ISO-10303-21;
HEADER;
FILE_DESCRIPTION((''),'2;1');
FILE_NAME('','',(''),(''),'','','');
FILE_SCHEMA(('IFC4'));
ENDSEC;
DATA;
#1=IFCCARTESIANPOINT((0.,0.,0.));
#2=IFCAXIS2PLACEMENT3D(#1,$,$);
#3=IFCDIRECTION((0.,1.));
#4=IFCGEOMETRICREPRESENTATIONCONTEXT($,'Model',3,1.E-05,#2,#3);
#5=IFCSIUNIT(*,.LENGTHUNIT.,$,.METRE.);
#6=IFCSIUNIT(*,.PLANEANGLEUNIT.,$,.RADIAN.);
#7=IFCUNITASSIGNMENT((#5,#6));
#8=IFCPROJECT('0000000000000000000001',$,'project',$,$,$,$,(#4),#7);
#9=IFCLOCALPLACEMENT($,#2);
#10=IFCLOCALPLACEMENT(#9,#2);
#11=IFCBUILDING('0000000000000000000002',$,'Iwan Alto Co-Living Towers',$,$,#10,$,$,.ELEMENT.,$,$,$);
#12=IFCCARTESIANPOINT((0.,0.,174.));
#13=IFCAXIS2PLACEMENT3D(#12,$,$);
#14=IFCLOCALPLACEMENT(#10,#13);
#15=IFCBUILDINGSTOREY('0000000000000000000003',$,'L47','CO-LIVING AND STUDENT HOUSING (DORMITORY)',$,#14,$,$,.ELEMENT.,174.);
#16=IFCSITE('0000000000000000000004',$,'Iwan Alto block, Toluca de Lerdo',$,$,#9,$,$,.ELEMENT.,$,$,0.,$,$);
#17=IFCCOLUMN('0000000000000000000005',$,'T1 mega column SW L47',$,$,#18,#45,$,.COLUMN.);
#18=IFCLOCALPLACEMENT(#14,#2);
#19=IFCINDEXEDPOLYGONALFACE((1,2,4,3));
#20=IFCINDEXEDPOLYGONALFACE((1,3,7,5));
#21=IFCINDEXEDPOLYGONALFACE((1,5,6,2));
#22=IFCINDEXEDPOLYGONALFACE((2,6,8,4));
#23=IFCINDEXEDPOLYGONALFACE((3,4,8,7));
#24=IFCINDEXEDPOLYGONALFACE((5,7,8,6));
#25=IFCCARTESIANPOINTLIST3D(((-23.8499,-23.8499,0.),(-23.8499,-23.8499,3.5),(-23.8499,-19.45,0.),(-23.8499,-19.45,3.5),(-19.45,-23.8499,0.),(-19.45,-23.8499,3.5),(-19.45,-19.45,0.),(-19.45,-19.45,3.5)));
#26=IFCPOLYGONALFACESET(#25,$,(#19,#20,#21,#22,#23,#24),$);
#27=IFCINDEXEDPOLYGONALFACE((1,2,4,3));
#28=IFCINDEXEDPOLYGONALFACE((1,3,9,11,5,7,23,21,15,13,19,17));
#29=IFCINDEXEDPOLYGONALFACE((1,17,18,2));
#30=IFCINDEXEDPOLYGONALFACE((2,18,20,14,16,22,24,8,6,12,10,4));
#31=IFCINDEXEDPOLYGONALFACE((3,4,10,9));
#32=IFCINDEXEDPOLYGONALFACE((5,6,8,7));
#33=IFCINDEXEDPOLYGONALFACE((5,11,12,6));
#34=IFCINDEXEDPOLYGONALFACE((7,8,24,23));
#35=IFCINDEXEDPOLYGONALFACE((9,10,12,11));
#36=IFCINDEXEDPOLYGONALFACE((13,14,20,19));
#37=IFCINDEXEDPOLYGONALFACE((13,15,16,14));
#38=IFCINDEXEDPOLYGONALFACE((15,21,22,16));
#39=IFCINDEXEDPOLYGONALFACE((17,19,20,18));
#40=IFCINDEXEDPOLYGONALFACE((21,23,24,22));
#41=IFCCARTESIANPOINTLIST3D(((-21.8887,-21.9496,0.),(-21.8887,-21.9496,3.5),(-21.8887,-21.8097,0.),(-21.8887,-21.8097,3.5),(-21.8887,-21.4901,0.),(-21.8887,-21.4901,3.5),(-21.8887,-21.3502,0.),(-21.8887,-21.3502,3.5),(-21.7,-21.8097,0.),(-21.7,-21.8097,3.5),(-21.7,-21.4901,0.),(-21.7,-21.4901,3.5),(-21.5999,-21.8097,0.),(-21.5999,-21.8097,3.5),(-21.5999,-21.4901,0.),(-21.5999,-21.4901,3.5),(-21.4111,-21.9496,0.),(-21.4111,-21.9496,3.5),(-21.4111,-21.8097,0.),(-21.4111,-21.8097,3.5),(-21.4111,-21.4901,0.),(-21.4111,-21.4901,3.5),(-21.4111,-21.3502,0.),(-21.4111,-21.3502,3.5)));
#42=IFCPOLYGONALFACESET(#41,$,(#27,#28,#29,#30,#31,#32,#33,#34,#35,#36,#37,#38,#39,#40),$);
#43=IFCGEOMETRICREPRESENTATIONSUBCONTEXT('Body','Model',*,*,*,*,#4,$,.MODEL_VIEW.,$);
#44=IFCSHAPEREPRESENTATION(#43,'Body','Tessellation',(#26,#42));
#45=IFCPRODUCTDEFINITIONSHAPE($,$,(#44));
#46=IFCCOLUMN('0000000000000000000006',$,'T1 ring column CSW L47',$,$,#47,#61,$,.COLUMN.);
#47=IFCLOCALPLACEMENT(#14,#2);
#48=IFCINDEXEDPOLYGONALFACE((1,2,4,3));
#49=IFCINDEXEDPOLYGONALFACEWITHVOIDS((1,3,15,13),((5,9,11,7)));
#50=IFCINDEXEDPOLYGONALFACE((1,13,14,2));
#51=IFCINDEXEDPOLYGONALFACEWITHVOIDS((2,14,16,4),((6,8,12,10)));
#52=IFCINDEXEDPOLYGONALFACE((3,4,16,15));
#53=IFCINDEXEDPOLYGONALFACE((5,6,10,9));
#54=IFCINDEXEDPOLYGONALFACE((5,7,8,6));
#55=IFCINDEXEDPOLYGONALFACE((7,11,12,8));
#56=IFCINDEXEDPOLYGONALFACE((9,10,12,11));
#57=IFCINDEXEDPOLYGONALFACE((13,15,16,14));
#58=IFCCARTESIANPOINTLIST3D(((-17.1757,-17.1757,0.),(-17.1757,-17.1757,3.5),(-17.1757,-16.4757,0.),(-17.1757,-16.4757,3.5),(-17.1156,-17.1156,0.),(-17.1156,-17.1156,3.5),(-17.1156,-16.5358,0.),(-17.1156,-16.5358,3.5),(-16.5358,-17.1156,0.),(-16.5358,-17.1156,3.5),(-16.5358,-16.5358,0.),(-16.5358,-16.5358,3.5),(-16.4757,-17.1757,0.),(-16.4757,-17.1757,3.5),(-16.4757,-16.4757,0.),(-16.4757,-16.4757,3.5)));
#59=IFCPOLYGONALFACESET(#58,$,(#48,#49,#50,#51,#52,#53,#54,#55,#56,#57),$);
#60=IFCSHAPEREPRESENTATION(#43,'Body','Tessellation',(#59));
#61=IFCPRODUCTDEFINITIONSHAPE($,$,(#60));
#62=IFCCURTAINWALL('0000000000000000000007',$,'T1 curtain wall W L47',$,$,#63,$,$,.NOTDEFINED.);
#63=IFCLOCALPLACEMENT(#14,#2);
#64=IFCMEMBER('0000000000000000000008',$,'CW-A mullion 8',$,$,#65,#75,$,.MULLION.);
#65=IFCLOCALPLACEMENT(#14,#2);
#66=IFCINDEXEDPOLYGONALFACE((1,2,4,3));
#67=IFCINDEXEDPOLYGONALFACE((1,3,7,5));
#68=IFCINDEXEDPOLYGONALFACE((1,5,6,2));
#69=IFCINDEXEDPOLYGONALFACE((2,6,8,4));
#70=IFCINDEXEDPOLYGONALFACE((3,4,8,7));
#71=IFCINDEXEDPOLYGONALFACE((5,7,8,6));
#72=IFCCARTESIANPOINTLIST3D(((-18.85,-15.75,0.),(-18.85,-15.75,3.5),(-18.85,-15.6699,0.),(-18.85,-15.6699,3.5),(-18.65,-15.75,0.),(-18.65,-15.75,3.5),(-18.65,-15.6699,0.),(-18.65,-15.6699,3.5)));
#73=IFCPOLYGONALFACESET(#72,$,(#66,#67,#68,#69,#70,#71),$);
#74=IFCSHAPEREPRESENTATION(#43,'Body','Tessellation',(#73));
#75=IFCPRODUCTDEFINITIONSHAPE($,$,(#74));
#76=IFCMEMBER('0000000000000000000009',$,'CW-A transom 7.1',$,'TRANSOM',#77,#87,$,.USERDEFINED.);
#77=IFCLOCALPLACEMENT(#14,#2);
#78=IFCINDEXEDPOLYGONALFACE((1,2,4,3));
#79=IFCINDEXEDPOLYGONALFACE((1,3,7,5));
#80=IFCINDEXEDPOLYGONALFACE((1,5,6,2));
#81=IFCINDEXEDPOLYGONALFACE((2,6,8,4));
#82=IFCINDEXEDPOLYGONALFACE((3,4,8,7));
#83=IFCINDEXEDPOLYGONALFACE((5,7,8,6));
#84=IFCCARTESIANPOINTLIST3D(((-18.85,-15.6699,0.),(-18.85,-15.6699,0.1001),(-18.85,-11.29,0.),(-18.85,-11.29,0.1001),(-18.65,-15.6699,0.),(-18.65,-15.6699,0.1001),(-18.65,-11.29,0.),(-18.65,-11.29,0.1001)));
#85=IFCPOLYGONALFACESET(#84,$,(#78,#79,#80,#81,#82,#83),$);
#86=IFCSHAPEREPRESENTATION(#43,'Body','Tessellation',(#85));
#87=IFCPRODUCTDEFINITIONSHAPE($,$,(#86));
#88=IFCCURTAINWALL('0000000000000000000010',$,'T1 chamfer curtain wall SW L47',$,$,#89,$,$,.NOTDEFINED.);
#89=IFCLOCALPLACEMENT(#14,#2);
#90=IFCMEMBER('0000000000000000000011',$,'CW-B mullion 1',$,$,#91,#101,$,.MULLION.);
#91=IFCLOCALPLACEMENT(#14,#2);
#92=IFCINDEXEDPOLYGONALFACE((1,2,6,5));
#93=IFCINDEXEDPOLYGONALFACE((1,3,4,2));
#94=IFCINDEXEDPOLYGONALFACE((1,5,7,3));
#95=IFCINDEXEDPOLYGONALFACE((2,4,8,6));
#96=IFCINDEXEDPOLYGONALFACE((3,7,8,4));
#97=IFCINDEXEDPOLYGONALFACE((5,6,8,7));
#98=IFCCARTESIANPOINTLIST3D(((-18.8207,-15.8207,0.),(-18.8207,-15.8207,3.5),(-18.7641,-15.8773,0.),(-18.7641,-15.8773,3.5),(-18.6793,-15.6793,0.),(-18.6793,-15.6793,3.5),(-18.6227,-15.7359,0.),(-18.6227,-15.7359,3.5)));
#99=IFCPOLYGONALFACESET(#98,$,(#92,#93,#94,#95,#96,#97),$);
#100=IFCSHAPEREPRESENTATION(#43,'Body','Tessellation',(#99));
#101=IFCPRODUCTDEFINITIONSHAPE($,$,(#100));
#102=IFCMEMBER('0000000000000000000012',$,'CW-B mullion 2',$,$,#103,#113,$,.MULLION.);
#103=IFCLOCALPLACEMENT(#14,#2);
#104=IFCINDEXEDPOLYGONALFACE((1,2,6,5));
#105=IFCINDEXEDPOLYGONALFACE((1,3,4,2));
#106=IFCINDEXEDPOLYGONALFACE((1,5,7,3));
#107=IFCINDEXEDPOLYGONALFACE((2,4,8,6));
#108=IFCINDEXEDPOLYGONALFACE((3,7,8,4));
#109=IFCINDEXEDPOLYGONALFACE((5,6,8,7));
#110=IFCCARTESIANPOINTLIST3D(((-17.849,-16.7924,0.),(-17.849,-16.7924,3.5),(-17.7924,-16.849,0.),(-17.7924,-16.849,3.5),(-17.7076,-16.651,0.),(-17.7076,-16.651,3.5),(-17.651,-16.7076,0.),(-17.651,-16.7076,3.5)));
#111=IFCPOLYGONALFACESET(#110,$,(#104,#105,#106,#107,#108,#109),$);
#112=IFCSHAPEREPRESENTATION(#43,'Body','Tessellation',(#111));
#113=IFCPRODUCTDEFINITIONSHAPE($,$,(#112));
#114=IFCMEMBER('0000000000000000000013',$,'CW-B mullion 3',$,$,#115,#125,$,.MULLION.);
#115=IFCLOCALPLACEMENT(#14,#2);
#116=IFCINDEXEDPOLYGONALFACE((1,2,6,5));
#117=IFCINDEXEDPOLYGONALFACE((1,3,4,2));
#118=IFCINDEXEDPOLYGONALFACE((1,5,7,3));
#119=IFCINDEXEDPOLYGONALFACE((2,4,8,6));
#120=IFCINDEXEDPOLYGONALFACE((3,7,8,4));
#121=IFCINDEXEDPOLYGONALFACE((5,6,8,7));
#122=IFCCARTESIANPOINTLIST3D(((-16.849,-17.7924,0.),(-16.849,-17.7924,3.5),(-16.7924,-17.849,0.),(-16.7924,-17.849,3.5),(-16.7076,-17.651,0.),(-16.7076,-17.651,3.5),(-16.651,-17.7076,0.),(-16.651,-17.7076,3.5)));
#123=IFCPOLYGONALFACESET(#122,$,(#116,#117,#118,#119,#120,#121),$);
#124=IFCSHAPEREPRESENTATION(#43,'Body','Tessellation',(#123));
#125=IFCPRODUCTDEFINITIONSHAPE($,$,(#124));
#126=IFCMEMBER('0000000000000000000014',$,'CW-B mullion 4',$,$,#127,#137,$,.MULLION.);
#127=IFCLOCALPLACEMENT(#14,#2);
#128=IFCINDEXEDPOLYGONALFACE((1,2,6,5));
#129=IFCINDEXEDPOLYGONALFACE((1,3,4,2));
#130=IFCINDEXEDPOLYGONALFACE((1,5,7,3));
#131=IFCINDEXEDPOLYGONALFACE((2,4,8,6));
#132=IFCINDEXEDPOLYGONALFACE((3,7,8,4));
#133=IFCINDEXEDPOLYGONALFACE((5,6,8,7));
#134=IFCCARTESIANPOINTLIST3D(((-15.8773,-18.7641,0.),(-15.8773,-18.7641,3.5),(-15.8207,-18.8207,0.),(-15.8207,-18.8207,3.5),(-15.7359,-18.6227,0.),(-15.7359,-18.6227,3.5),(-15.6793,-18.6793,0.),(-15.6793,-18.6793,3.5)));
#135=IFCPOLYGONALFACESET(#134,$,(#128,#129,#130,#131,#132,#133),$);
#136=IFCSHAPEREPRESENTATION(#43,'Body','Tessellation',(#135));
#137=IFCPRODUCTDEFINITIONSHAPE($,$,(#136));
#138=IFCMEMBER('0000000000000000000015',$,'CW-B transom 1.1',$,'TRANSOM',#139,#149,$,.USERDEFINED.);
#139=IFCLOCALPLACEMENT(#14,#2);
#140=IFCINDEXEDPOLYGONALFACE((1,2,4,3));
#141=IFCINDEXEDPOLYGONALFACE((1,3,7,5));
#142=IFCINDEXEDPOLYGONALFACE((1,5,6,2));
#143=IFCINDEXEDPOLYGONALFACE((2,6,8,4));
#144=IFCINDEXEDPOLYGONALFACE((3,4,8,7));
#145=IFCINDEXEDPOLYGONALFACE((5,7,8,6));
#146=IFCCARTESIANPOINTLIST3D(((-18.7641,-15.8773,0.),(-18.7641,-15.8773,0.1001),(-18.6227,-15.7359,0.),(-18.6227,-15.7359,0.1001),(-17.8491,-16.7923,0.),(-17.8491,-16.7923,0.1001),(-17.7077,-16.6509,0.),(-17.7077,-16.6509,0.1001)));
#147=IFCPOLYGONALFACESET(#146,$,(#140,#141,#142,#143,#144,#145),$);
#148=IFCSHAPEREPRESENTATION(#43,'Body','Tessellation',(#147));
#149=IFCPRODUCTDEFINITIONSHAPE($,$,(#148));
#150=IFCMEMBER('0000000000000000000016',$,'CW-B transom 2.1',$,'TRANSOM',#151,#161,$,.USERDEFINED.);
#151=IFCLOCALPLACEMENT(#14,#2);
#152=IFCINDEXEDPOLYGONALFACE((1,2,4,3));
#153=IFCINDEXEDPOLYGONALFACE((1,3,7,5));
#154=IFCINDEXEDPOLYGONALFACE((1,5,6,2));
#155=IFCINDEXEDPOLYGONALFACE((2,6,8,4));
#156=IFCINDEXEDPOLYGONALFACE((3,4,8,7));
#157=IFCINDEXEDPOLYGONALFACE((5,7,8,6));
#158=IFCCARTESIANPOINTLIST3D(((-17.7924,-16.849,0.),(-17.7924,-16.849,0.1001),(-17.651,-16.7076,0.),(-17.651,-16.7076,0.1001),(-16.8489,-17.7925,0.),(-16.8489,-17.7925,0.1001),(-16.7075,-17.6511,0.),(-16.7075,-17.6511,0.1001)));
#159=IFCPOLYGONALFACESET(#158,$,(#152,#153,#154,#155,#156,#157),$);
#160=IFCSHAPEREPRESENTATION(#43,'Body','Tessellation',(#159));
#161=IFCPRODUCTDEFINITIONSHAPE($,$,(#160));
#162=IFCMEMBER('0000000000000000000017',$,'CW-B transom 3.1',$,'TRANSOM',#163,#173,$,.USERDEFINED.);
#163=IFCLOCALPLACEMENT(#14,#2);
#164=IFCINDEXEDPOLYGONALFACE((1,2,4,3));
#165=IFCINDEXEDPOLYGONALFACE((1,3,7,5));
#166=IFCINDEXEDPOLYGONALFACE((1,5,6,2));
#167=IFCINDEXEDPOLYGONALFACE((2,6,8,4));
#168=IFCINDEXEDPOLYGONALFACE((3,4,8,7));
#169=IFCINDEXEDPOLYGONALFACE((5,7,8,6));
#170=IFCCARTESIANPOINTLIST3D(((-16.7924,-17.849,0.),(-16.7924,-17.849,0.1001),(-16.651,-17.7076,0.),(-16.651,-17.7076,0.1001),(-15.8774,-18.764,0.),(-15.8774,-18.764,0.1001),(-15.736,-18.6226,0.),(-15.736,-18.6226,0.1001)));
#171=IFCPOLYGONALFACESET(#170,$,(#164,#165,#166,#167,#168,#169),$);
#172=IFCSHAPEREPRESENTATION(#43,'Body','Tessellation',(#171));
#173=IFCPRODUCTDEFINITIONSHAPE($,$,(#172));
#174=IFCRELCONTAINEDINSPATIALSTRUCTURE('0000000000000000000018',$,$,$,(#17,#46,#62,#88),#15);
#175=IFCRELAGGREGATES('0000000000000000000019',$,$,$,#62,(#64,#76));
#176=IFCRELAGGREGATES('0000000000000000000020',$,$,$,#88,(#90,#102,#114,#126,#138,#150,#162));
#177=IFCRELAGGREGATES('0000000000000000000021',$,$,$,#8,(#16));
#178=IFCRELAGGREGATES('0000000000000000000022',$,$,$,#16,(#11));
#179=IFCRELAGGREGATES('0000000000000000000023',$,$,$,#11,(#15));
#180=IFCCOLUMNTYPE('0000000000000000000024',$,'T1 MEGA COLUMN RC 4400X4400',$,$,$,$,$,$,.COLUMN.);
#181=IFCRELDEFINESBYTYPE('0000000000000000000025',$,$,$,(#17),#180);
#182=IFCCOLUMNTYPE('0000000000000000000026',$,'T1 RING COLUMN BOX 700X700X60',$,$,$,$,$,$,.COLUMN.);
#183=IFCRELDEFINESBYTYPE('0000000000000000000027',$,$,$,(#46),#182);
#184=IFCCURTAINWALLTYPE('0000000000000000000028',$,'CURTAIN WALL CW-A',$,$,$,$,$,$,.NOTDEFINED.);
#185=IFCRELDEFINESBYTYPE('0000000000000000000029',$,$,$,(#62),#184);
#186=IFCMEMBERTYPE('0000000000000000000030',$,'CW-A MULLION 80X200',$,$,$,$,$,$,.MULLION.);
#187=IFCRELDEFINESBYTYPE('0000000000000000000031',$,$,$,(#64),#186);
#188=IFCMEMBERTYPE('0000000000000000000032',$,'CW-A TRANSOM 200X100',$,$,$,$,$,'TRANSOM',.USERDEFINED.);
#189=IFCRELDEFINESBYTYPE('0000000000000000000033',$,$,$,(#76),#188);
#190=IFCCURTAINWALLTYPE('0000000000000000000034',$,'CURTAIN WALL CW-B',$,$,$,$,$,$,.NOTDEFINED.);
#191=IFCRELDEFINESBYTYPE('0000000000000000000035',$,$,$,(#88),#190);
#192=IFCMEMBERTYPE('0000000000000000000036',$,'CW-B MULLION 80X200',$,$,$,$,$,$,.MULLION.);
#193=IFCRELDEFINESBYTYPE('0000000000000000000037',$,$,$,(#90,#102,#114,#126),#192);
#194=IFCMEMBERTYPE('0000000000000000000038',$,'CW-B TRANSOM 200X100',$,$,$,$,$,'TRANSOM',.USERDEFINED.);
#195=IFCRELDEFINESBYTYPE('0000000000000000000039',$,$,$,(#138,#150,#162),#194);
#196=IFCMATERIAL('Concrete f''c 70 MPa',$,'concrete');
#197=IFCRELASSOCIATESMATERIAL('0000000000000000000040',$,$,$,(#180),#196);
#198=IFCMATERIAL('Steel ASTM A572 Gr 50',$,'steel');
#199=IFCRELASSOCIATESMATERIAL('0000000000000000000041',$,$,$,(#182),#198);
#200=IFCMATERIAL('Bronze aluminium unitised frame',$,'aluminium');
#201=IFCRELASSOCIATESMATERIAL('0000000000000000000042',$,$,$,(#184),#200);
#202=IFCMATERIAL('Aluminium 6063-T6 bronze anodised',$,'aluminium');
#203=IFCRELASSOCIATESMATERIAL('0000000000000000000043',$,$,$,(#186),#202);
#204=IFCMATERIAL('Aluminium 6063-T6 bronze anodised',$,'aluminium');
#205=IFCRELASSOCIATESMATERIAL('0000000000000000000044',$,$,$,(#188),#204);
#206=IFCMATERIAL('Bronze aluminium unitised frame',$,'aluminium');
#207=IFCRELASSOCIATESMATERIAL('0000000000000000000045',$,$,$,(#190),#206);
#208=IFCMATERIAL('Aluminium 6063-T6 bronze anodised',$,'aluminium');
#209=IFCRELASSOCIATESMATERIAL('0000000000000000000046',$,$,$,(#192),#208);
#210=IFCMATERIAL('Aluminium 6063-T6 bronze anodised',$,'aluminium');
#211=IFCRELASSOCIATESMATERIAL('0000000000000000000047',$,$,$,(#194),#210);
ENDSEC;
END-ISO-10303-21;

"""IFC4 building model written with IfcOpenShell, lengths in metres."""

from ifc_helpers import new_model, si_unit, direction, frame, origin, origin_2d, place, context, subcontext, project, spatial, rectangle, hollow_rectangle, i_section, extrude, material, material_profile, profile_set, type_object, element, aggregate, save


model = new_model("IFC4")

# Units and contexts
model_context = context("Model", 3, precision=1e-05, world=origin(), true_north=direction((0.0, 1.0)))
body_context = subcontext(model_context, "Body", "Model", "MODEL_VIEW")
ifc_project = project(units=[si_unit("LENGTHUNIT", "METRE"), si_unit("PLANEANGLEUNIT", "RADIAN")], contexts=[model_context])

# Site, building, storey
site_placement = place(None, origin())
site = spatial("IfcSite", under=ifc_project, at=site_placement, Name="Iwan Alto block, Toluca de Lerdo", CompositionType="ELEMENT", RefElevation=0.0)
building_placement = place(site_placement, origin())
building = spatial("IfcBuilding", under=site, at=building_placement, Name="Iwan Alto Co-Living Towers", CompositionType="ELEMENT")
storey_placement = place(building_placement, frame((0.0, 0.0, 174.0)))
storey = spatial("IfcBuildingStorey", under=building, at=storey_placement, Name="L47", Description="CO-LIVING AND STUDENT HOUSING (DORMITORY)", CompositionType="ELEMENT", Elevation=174.0)

# Columns
ifc_material_1 = material(Name="Concrete f'c 70 MPa", Category="concrete")
ifc_material_profile_1 = material_profile(ifc_material_1, rectangle(XDim=4.3999, YDim=4.3999, at=origin_2d()), Name="RC 4400X4400")
ifc_profile_set_1 = profile_set([ifc_material_profile_1], Name="Concrete f'c 70 MPa")
column_type_1 = type_object("IfcColumnType", Name="T1 MEGA COLUMN RC 4400X4400", PredefinedType="COLUMN", material=ifc_profile_set_1)
column_1_placement = place(storey_placement, frame((-21.6499, -21.6499, 0.0), z_axis=(0.0, 0.0, 1.0), x_axis=(1.0, 0.0, 0.0)))
element("IfcColumn", 1, at=column_1_placement, inside=storey, type_object=column_type_1, Name="T1 mega column SW L47", PredefinedType="COLUMN", context=body_context, shape_type="SweptSolid", body=[
    extrude(rectangle(XDim=4.3999, YDim=4.3999, at=origin_2d()), origin(), (0.0, 0.0, 1.0), 3.5),
    extrude(i_section(OverallWidth=0.4775, OverallDepth=0.5994, WebThickness=0.1001, FlangeThickness=0.1399, at=origin_2d()), origin(), (0.0, 0.0, 1.0), 3.5),
])
ifc_material_2 = material(Name="Steel ASTM A572 Gr 50", Category="steel")
ifc_material_profile_2 = material_profile(ifc_material_2, hollow_rectangle(XDim=0.7, YDim=0.7, WallThickness=0.0601, at=origin_2d()), Name="BOX 700X700X60")
ifc_profile_set_2 = profile_set([ifc_material_profile_2], Name="Steel ASTM A572 Gr 50")
column_type_2 = type_object("IfcColumnType", Name="T1 RING COLUMN BOX 700X700X60", PredefinedType="COLUMN", material=ifc_profile_set_2)
column_2_placement = place(storey_placement, frame((-16.8257, -16.8257, 0.0), z_axis=(0.0, 0.0, 1.0), x_axis=(1.0, 0.0, 0.0)))
element("IfcColumn", 2, at=column_2_placement, inside=storey, type_object=column_type_2, Name="T1 ring column CSW L47", PredefinedType="COLUMN", context=body_context, shape_type="SweptSolid", body=[
    extrude(hollow_rectangle(XDim=0.7, YDim=0.7, WallThickness=0.0601, at=origin_2d()), origin(), (0.0, 0.0, 1.0), 3.5),
])

# Curtain walls, members
ifc_material_3 = material(Name="Bronze aluminium unitised frame", Category="aluminium")
curtain_wall_type_1 = type_object("IfcCurtainWallType", Name="CURTAIN WALL CW-A", PredefinedType="NOTDEFINED", material=ifc_material_3)
curtain_wall_1_placement = place(storey_placement, origin())
curtain_wall_1 = element("IfcCurtainWall", 3, at=curtain_wall_1_placement, inside=storey, type_object=curtain_wall_type_1, Name="T1 curtain wall W L47", PredefinedType="NOTDEFINED")
ifc_material_4 = material(Name="Aluminium 6063-T6 bronze anodised", Category="aluminium")
ifc_material_profile_3 = material_profile(ifc_material_4, rectangle(XDim=0.2, YDim=0.0801, at=origin_2d()), Name="AL 80X200")
ifc_profile_set_3 = profile_set([ifc_material_profile_3], Name="Aluminium 6063-T6 bronze anodised")
member_type_1 = type_object("IfcMemberType", Name="CW-A MULLION 80X200", PredefinedType="MULLION", material=ifc_profile_set_3)
member_1_placement = place(storey_placement, frame((-18.75, -15.71, 0.0), z_axis=(0.0, 0.0, 1.0), x_axis=(1.0, 0.0, 0.0)))
member_1 = element("IfcMember", 4, at=member_1_placement, type_object=member_type_1, Name="CW-A mullion 8", PredefinedType="MULLION", context=body_context, shape_type="SweptSolid", body=[
    extrude(rectangle(XDim=0.2, YDim=0.0801, at=origin_2d()), origin(), (0.0, 0.0, 1.0), 3.5),
])
ifc_material_5 = material(Name="Aluminium 6063-T6 bronze anodised", Category="aluminium")
ifc_material_profile_4 = material_profile(ifc_material_5, rectangle(XDim=0.2, YDim=0.1001, at=origin_2d()), Name="AL 200X100")
ifc_profile_set_4 = profile_set([ifc_material_profile_4], Name="Aluminium 6063-T6 bronze anodised")
member_type_2 = type_object("IfcMemberType", Name="CW-A TRANSOM 200X100", ElementType="TRANSOM", PredefinedType="USERDEFINED", material=ifc_profile_set_4)
member_2_placement = place(storey_placement, frame((-18.75, -11.29, 0.05), z_axis=(0.0, -1.0, 0.0), x_axis=(1.0, 0.0, 0.0)))
member_2 = element("IfcMember", 5, at=member_2_placement, type_object=member_type_2, Name="CW-A transom 7.1", ObjectType="TRANSOM", PredefinedType="USERDEFINED", context=body_context, shape_type="SweptSolid", body=[
    extrude(rectangle(XDim=0.2, YDim=0.1001, at=origin_2d()), origin(), (0.0, 0.0, 1.0), 4.3799),
])
ifc_material_6 = material(Name="Bronze aluminium unitised frame", Category="aluminium")
curtain_wall_type_2 = type_object("IfcCurtainWallType", Name="CURTAIN WALL CW-B", PredefinedType="NOTDEFINED", material=ifc_material_6)
curtain_wall_2_placement = place(storey_placement, origin())
curtain_wall_2 = element("IfcCurtainWall", 6, at=curtain_wall_2_placement, inside=storey, type_object=curtain_wall_type_2, Name="T1 chamfer curtain wall SW L47", PredefinedType="NOTDEFINED")
ifc_material_7 = material(Name="Aluminium 6063-T6 bronze anodised", Category="aluminium")
ifc_material_profile_5 = material_profile(ifc_material_7, rectangle(XDim=0.2, YDim=0.0801, at=origin_2d()), Name="AL 80X200")
ifc_profile_set_5 = profile_set([ifc_material_profile_5], Name="Aluminium 6063-T6 bronze anodised")
member_type_3 = type_object("IfcMemberType", Name="CW-B MULLION 80X200", PredefinedType="MULLION", material=ifc_profile_set_5)
member_3_placement = place(storey_placement, frame((-18.7217, -15.7783, 0.0), z_axis=(0.0, 0.0, 1.0), x_axis=(0.707107, 0.707107, 0.0)))
member_3 = element("IfcMember", 7, at=member_3_placement, type_object=member_type_3, Name="CW-B mullion 1", PredefinedType="MULLION", context=body_context, shape_type="SweptSolid", body=[
    extrude(rectangle(XDim=0.2, YDim=0.0801, at=origin_2d()), origin(), (0.0, 0.0, 1.0), 3.5),
])
member_4_placement = place(storey_placement, frame((-17.75, -16.75, 0.0), z_axis=(0.0, 0.0, 1.0), x_axis=(0.707107, 0.707107, 0.0)))
member_4 = element("IfcMember", 8, at=member_4_placement, type_object=member_type_3, Name="CW-B mullion 2", PredefinedType="MULLION", context=body_context, shape_type="SweptSolid", body=[
    extrude(rectangle(XDim=0.2, YDim=0.0801, at=origin_2d()), origin(), (0.0, 0.0, 1.0), 3.5),
])
member_5_placement = place(storey_placement, frame((-16.75, -17.75, 0.0), z_axis=(0.0, 0.0, 1.0), x_axis=(0.707107, 0.707107, 0.0)))
member_5 = element("IfcMember", 9, at=member_5_placement, type_object=member_type_3, Name="CW-B mullion 3", PredefinedType="MULLION", context=body_context, shape_type="SweptSolid", body=[
    extrude(rectangle(XDim=0.2, YDim=0.0801, at=origin_2d()), origin(), (0.0, 0.0, 1.0), 3.5),
])
member_6_placement = place(storey_placement, frame((-15.7783, -18.7217, 0.0), z_axis=(0.0, 0.0, 1.0), x_axis=(0.707107, 0.707107, 0.0)))
member_6 = element("IfcMember", 10, at=member_6_placement, type_object=member_type_3, Name="CW-B mullion 4", PredefinedType="MULLION", context=body_context, shape_type="SweptSolid", body=[
    extrude(rectangle(XDim=0.2, YDim=0.0801, at=origin_2d()), origin(), (0.0, 0.0, 1.0), 3.5),
])
ifc_material_8 = material(Name="Aluminium 6063-T6 bronze anodised", Category="aluminium")
ifc_material_profile_6 = material_profile(ifc_material_8, rectangle(XDim=0.2, YDim=0.1001, at=origin_2d()), Name="AL 200X100")
ifc_profile_set_6 = profile_set([ifc_material_profile_6], Name="Aluminium 6063-T6 bronze anodised")
member_type_4 = type_object("IfcMemberType", Name="CW-B TRANSOM 200X100", ElementType="TRANSOM", PredefinedType="USERDEFINED", material=ifc_profile_set_6)
member_7_placement = place(storey_placement, frame((-18.6934, -15.8066, 0.05), z_axis=(0.707107, -0.707107, 0.0), x_axis=(0.707107, 0.707107, 0.0)))
member_7 = element("IfcMember", 11, at=member_7_placement, type_object=member_type_4, Name="CW-B transom 1.1", ObjectType="TRANSOM", PredefinedType="USERDEFINED", context=body_context, shape_type="SweptSolid", body=[
    extrude(rectangle(XDim=0.2, YDim=0.1001, at=origin_2d()), origin(), (0.0, 0.0, 1.0), 1.2939),
])
member_8_placement = place(storey_placement, frame((-17.7217, -16.7783, 0.05), z_axis=(0.707107, -0.707107, 0.0), x_axis=(0.707107, 0.707107, 0.0)))
member_8 = element("IfcMember", 12, at=member_8_placement, type_object=member_type_4, Name="CW-B transom 2.1", ObjectType="TRANSOM", PredefinedType="USERDEFINED", context=body_context, shape_type="SweptSolid", body=[
    extrude(rectangle(XDim=0.2, YDim=0.1001, at=origin_2d()), origin(), (0.0, 0.0, 1.0), 1.3342),
])
member_9_placement = place(storey_placement, frame((-16.7217, -17.7783, 0.05), z_axis=(0.707107, -0.707107, 0.0), x_axis=(0.707107, 0.707107, 0.0)))
member_9 = element("IfcMember", 13, at=member_9_placement, type_object=member_type_4, Name="CW-B transom 3.1", ObjectType="TRANSOM", PredefinedType="USERDEFINED", context=body_context, shape_type="SweptSolid", body=[
    extrude(rectangle(XDim=0.2, YDim=0.1001, at=origin_2d()), origin(), (0.0, 0.0, 1.0), 1.2939),
])

aggregate(curtain_wall_1, [member_1, member_2])
aggregate(curtain_wall_2, [member_3, member_4, member_5, member_6, member_7, member_8, member_9])

save(model, "model.ifc")
